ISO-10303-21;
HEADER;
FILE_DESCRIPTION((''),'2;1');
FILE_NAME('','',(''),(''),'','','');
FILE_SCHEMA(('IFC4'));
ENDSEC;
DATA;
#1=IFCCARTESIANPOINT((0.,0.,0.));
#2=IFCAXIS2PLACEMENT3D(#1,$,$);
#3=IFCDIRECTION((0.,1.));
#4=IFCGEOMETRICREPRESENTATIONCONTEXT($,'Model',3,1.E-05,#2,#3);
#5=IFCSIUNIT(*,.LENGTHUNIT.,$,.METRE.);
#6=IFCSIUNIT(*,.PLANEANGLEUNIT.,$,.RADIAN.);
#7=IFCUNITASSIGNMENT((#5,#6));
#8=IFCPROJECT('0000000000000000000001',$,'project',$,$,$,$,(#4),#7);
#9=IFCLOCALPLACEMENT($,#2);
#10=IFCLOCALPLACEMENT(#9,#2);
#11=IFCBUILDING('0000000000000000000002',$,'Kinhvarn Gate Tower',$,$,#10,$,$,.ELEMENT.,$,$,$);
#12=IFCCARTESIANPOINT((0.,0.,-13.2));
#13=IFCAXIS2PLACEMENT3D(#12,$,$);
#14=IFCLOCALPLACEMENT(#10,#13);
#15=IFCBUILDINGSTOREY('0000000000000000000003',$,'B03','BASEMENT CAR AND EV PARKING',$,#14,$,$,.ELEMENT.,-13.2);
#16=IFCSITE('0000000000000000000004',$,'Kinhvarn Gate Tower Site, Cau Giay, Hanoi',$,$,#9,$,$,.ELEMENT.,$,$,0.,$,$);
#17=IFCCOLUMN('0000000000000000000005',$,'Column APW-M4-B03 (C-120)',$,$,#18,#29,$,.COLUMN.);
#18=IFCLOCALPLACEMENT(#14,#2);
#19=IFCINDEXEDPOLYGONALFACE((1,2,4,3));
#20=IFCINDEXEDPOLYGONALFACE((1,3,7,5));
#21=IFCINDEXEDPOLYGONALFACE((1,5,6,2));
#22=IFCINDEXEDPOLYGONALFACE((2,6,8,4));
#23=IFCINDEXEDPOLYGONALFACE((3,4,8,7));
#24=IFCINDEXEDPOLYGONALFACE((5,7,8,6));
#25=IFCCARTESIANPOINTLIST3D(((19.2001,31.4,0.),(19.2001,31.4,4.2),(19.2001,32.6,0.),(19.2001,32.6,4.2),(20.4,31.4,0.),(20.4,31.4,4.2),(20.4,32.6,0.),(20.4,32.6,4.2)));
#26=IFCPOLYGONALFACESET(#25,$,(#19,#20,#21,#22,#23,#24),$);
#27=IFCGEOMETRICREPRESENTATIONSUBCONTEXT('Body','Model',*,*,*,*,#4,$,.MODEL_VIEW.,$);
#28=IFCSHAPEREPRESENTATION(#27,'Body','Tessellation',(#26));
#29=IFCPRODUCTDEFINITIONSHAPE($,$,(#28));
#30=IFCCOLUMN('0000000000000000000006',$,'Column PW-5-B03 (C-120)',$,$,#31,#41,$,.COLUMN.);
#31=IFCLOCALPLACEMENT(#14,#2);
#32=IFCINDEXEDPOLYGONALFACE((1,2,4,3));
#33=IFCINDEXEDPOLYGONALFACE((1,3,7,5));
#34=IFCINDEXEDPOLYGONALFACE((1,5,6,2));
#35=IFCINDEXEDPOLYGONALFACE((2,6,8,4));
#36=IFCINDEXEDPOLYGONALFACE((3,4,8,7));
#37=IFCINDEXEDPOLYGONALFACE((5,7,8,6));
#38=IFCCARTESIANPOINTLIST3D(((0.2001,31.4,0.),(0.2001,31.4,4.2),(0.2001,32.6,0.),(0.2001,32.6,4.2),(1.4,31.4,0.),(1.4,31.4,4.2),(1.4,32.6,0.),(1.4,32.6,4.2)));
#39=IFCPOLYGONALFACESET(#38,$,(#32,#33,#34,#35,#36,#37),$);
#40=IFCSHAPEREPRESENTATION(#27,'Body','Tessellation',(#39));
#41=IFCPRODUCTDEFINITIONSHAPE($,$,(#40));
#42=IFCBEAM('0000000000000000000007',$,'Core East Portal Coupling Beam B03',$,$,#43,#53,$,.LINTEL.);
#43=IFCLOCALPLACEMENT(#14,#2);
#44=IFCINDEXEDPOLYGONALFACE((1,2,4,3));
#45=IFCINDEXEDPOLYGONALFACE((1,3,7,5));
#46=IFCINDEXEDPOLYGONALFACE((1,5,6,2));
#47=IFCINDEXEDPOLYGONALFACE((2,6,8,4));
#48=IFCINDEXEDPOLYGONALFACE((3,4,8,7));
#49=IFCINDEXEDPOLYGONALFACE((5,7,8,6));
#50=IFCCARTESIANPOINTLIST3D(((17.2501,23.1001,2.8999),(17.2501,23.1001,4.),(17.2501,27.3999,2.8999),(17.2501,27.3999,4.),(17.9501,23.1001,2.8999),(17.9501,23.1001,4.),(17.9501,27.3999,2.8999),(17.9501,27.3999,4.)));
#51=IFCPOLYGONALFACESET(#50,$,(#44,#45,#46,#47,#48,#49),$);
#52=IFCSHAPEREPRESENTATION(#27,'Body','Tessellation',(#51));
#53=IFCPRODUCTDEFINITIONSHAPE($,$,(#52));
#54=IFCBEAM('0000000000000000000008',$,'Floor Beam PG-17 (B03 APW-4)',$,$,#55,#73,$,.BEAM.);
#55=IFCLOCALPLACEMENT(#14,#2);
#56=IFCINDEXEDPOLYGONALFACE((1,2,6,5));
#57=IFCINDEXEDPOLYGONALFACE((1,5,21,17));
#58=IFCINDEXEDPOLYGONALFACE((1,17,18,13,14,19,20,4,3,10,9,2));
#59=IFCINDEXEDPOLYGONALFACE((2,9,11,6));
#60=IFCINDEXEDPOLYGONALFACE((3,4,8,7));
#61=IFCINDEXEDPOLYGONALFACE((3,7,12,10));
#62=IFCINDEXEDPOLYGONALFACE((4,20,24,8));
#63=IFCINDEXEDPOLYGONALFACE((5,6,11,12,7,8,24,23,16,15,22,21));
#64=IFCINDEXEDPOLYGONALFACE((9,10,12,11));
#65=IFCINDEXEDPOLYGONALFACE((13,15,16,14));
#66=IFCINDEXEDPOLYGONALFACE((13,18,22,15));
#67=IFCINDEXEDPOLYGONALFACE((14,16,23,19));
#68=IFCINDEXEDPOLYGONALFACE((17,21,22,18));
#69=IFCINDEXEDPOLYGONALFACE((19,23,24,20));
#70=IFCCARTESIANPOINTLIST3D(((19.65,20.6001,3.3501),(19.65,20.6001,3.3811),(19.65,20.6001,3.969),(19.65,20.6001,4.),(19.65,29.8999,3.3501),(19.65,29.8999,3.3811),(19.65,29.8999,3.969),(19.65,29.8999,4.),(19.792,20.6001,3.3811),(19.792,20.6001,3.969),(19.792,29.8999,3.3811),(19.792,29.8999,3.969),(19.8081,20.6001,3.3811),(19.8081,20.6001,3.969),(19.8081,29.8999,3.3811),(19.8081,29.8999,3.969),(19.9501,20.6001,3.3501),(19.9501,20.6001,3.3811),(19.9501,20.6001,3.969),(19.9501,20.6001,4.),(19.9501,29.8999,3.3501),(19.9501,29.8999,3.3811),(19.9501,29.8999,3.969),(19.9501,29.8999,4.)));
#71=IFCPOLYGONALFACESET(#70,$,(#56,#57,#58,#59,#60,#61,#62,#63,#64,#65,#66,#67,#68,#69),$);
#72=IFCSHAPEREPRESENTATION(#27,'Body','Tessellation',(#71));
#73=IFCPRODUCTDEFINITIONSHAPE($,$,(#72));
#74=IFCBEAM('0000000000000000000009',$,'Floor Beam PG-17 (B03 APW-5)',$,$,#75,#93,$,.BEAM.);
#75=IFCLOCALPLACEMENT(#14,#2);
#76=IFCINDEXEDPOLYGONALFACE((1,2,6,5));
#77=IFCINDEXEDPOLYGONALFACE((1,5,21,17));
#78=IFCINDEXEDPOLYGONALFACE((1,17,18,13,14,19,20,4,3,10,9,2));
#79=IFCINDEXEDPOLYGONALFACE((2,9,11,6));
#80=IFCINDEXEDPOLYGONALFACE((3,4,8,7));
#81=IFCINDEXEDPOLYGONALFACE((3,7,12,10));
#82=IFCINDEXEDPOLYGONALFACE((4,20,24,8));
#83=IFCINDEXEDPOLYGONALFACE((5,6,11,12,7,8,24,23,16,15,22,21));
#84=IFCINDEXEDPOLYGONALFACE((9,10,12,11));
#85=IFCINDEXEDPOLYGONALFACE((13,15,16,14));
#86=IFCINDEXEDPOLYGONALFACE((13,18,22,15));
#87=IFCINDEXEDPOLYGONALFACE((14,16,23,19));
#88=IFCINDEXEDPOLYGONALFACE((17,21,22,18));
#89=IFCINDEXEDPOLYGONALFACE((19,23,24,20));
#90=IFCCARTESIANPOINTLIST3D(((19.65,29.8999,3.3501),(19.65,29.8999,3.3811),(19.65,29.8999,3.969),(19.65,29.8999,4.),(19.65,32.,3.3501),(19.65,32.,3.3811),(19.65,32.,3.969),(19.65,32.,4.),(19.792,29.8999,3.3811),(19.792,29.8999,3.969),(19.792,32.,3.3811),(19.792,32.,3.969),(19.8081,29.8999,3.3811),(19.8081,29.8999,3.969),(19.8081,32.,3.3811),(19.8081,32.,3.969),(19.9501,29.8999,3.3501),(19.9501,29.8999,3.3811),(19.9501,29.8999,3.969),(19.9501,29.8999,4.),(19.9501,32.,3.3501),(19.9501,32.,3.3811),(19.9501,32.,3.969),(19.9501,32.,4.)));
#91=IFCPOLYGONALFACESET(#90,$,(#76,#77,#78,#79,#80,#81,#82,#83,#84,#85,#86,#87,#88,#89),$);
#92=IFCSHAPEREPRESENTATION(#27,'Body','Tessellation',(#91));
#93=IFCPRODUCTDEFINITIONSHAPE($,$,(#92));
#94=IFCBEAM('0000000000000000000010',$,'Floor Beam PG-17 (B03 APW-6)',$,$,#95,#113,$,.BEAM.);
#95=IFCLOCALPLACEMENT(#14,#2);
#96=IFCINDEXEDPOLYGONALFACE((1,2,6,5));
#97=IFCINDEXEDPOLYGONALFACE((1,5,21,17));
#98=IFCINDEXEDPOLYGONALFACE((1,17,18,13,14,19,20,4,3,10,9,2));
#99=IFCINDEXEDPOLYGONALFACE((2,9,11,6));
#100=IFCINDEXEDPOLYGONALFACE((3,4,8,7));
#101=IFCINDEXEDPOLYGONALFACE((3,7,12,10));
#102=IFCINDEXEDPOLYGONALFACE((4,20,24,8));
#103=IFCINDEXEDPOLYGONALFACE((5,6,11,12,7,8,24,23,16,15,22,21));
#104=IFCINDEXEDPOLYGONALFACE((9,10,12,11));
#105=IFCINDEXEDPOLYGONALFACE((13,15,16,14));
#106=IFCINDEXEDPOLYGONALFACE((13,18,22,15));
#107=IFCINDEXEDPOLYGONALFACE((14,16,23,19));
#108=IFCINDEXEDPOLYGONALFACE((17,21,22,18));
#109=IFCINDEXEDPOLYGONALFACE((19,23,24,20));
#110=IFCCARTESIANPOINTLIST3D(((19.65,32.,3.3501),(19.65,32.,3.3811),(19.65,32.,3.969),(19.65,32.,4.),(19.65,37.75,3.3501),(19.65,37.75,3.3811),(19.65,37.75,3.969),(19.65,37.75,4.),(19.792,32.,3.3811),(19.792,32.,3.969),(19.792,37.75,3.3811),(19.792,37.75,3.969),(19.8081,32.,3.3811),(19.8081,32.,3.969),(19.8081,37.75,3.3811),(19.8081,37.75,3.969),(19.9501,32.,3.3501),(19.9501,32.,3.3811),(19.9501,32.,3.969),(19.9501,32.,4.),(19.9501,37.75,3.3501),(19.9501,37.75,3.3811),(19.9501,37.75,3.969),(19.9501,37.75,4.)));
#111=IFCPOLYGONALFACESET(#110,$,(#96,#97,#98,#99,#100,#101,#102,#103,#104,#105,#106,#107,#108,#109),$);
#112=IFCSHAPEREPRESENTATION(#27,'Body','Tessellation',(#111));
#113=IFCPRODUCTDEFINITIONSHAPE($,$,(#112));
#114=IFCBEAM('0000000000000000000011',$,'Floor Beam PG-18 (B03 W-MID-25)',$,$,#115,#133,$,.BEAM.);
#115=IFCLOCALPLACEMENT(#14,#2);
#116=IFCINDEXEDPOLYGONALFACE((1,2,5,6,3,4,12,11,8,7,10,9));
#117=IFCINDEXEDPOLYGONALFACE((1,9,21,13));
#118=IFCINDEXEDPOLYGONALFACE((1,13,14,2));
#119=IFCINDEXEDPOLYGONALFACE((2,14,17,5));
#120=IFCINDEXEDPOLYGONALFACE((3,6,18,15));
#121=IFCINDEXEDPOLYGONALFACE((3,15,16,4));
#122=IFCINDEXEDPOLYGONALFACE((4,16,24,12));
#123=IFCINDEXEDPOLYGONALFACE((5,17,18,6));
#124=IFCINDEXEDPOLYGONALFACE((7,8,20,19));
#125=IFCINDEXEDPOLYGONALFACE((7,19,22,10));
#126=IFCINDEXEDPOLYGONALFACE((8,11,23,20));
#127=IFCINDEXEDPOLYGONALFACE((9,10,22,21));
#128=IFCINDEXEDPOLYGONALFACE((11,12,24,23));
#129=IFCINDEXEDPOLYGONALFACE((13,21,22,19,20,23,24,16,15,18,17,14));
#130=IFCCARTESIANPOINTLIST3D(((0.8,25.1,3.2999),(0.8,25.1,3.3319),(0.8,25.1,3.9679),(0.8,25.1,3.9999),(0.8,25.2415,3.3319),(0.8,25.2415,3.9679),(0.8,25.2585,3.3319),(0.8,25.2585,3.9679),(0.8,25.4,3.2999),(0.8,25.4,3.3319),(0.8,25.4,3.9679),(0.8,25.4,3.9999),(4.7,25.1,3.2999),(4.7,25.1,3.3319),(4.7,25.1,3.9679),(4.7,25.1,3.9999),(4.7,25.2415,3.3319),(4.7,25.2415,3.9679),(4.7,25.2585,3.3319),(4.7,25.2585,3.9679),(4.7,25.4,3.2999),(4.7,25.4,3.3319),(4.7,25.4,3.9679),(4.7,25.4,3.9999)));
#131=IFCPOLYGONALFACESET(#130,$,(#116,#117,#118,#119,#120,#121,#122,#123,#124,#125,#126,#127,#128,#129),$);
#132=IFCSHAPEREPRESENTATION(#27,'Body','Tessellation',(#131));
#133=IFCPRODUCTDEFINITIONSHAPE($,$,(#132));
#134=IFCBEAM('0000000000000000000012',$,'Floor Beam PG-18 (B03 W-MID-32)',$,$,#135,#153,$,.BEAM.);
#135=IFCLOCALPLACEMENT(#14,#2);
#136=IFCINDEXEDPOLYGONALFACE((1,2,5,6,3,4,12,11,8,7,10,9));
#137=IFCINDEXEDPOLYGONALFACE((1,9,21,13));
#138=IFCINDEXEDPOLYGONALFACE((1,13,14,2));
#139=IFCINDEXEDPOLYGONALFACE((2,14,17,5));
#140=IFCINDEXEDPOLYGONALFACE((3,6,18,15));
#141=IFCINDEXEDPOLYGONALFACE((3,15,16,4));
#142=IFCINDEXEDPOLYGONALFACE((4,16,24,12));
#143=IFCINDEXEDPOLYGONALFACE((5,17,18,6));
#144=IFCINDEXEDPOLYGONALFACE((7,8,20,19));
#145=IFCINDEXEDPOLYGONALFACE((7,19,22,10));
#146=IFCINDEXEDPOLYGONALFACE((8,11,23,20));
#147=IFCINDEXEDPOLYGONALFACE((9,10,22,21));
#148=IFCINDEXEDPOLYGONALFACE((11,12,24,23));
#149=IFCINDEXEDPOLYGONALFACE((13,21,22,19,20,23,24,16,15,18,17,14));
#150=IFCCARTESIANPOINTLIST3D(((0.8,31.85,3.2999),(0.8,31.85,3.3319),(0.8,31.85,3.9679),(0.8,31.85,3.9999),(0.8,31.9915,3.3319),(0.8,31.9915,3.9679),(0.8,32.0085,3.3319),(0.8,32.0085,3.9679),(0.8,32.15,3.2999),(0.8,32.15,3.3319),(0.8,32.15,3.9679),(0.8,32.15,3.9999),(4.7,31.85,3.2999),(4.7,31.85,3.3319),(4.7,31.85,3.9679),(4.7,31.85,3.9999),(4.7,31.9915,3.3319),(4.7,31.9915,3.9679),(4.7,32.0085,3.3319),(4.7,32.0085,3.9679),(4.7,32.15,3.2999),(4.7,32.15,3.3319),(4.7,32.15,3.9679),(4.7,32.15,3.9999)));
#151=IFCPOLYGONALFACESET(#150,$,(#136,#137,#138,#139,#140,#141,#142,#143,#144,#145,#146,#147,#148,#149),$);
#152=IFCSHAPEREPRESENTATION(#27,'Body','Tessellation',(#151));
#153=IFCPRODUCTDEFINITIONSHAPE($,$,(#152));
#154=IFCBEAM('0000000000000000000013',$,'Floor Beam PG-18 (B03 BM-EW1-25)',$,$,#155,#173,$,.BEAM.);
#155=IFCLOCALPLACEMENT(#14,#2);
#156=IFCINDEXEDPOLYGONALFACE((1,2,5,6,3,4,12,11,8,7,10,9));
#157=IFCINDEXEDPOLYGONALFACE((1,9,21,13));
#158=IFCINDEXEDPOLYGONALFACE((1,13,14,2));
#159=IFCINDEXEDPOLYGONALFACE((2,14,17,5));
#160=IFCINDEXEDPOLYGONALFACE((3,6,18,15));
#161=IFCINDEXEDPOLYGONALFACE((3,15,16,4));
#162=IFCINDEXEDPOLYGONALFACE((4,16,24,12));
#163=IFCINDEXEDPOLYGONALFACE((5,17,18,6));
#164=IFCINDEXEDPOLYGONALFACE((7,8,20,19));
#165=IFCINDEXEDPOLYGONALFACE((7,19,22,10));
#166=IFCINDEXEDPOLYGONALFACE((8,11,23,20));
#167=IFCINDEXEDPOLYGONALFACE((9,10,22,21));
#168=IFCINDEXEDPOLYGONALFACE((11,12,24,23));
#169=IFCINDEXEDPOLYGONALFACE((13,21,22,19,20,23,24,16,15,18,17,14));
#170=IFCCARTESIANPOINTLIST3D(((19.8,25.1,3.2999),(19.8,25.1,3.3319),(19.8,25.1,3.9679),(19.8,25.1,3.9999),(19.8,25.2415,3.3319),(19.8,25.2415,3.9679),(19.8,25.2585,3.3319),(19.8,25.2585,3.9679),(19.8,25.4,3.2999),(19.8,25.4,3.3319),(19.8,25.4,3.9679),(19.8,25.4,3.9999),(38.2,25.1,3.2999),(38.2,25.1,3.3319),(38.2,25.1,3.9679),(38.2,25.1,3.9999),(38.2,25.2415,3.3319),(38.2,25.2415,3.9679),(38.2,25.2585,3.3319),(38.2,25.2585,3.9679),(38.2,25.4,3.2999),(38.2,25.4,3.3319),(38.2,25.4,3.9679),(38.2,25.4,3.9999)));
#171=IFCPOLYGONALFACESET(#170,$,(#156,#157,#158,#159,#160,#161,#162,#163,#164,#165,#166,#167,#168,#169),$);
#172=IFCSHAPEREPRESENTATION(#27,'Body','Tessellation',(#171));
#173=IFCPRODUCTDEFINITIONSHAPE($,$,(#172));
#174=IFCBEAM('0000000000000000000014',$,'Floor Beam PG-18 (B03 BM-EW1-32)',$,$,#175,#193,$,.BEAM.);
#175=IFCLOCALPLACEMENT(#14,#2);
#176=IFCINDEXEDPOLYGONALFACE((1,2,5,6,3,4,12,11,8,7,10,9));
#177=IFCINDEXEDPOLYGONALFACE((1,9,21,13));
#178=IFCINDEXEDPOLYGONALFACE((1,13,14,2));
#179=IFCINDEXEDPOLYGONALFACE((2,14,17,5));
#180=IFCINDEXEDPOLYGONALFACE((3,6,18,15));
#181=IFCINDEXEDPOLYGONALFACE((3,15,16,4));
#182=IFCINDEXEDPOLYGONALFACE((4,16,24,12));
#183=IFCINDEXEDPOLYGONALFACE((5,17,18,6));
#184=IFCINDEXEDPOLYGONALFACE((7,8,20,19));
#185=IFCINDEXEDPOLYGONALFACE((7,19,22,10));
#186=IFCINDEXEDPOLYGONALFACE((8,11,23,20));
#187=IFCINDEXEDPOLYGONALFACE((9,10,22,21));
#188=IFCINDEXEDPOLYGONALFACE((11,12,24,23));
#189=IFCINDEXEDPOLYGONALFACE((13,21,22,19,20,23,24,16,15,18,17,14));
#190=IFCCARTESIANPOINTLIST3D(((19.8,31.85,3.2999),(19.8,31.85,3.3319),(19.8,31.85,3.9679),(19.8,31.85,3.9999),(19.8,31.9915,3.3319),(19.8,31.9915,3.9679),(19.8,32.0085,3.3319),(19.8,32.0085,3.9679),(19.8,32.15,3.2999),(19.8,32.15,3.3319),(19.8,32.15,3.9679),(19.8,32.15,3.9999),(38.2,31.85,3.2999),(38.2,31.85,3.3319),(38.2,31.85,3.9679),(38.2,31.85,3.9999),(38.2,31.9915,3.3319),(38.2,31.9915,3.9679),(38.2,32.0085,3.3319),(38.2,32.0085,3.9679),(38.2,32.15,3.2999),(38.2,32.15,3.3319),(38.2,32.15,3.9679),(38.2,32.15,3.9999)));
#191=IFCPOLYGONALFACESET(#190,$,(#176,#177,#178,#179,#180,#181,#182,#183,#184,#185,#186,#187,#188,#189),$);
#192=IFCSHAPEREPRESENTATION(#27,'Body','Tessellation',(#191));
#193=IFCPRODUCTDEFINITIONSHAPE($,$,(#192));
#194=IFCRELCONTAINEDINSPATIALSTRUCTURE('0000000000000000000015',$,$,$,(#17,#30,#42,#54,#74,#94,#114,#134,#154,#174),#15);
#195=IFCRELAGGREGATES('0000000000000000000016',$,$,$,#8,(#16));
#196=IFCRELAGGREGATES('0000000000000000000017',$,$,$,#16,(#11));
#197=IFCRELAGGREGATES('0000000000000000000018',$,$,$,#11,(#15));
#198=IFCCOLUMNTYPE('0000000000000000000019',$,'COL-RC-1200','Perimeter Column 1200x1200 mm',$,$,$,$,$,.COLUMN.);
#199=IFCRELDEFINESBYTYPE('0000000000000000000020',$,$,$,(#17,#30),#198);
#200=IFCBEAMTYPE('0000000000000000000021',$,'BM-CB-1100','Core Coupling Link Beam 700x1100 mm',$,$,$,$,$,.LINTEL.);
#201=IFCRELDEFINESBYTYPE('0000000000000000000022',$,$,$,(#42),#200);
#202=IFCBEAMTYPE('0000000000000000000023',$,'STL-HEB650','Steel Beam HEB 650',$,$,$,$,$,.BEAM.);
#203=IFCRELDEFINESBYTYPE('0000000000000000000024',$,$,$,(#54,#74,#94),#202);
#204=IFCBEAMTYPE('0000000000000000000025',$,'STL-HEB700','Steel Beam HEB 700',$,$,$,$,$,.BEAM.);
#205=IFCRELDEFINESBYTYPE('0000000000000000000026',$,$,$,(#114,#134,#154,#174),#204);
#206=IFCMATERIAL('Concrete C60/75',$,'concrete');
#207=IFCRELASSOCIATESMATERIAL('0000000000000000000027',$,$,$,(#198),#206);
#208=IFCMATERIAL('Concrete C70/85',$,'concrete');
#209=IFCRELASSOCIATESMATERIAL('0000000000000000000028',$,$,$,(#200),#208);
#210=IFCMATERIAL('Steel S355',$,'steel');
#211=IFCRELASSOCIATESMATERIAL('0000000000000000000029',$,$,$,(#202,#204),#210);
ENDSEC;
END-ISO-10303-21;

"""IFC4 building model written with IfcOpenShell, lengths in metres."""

from ifc_helpers import new_model, si_unit, direction, frame, origin, origin_2d, place, context, subcontext, project, spatial, rectangle, i_section, extrude, material, material_profile, profile_set, type_object, element, save


model = new_model("IFC4")

# Units and contexts
model_context = context("Model", 3, precision=1e-05, world=origin(), true_north=direction((0.0, 1.0)))
body_context = subcontext(model_context, "Body", "Model", "MODEL_VIEW")
ifc_project = project(units=[si_unit("LENGTHUNIT", "METRE"), si_unit("PLANEANGLEUNIT", "RADIAN")], contexts=[model_context])

# Site, building, storey
site_placement = place(None, origin())
site = spatial("IfcSite", under=ifc_project, at=site_placement, Name="Kinhvarn Gate Tower Site, Cau Giay, Hanoi", CompositionType="ELEMENT", RefElevation=0.0)
building_placement = place(site_placement, origin())
building = spatial("IfcBuilding", under=site, at=building_placement, Name="Kinhvarn Gate Tower", CompositionType="ELEMENT")
storey_placement = place(building_placement, frame((0.0, 0.0, -13.2)))
storey = spatial("IfcBuildingStorey", under=building, at=storey_placement, Name="B03", Description="BASEMENT CAR AND EV PARKING", CompositionType="ELEMENT", Elevation=-13.2)

# Columns
ifc_material_1 = material(Name="Concrete C60/75", Category="concrete")
ifc_material_profile_1 = material_profile(ifc_material_1, rectangle(XDim=1.2, YDim=1.2, at=origin_2d()), Name="RC 1200x1200")
ifc_profile_set_1 = profile_set([ifc_material_profile_1], Name="Concrete C60/75")
column_type = type_object("IfcColumnType", Name="COL-RC-1200", Description="Perimeter Column 1200x1200 mm", PredefinedType="COLUMN", material=ifc_profile_set_1)
for number, where, z_axis, x_axis, name in (
    (1, (19.8, 32.0, 0.0), (0.0, 0.0, 1.0), (1.0, 0.0, 0.0), "Column APW-M4-B03 (C-120)"),
    (2, (0.8, 32.0, 0.0), (0.0, 0.0, 1.0), (1.0, 0.0, 0.0), "Column PW-5-B03 (C-120)"),
):
    element("IfcColumn", number, at=place(storey_placement, frame(where, z_axis=z_axis, x_axis=x_axis)), inside=storey, type_object=column_type, Name=name, PredefinedType="COLUMN", context=body_context, shape_type="SweptSolid", body=[
        extrude(rectangle(XDim=1.2, YDim=1.2, at=origin_2d()), origin(), (0.0, 0.0, 1.0), 4.2),
    ])

# Beams
ifc_material_2 = material(Name="Concrete C70/85", Category="concrete")
ifc_material_profile_2 = material_profile(ifc_material_2, rectangle(XDim=0.7, YDim=1.1001, at=origin_2d()), Name="RC 700x1100")
ifc_profile_set_2 = profile_set([ifc_material_profile_2], Name="Concrete C70/85")
beam_type_1 = type_object("IfcBeamType", Name="BM-CB-1100", Description="Core Coupling Link Beam 700x1100 mm", PredefinedType="LINTEL", material=ifc_profile_set_2)
beam_1_placement = place(storey_placement, frame((17.6001, 23.1001, 3.45), z_axis=(0.0, 1.0, 0.0), x_axis=(-1.0, 0.0, 0.0)))
element("IfcBeam", 3, at=beam_1_placement, inside=storey, type_object=beam_type_1, Name="Core East Portal Coupling Beam B03", PredefinedType="LINTEL", context=body_context, shape_type="SweptSolid", body=[
    extrude(rectangle(XDim=0.7, YDim=1.1001, at=origin_2d()), origin(), (0.0, 0.0, 1.0), 4.2998),
])
ifc_material_3 = material(Name="Steel S355", Category="steel")
ifc_material_profile_3 = material_profile(ifc_material_3, i_section(OverallWidth=0.3, OverallDepth=0.6499, WebThickness=0.0161, FlangeThickness=0.031, at=origin_2d()), Name="HEB 650")
ifc_profile_set_3 = profile_set([ifc_material_profile_3], Name="Steel S355")
beam_type_2 = type_object("IfcBeamType", Name="STL-HEB650", Description="Steel Beam HEB 650", PredefinedType="BEAM", material=ifc_profile_set_3)
beam_2_placement = place(storey_placement, frame((19.8, 20.6001, 3.675), z_axis=(0.0, 1.0, 0.0), x_axis=(-1.0, 0.0, 0.0)))
element("IfcBeam", 4, at=beam_2_placement, inside=storey, type_object=beam_type_2, Name="Floor Beam PG-17 (B03 APW-4)", PredefinedType="BEAM", context=body_context, shape_type="SweptSolid", body=[
    extrude(i_section(OverallWidth=0.3, OverallDepth=0.6499, WebThickness=0.0161, FlangeThickness=0.031, at=origin_2d()), origin(), (0.0, 0.0, 1.0), 9.2998),
])
beam_3_placement = place(storey_placement, frame((19.8, 29.8999, 3.675), z_axis=(0.0, 1.0, 0.0), x_axis=(-1.0, 0.0, 0.0)))
element("IfcBeam", 5, at=beam_3_placement, inside=storey, type_object=beam_type_2, Name="Floor Beam PG-17 (B03 APW-5)", PredefinedType="BEAM", context=body_context, shape_type="SweptSolid", body=[
    extrude(i_section(OverallWidth=0.3, OverallDepth=0.6499, WebThickness=0.0161, FlangeThickness=0.031, at=origin_2d()), origin(), (0.0, 0.0, 1.0), 2.1001),
])
beam_4_placement = place(storey_placement, frame((19.8, 32.0, 3.675), z_axis=(0.0, 1.0, 0.0), x_axis=(-1.0, 0.0, 0.0)))
element("IfcBeam", 6, at=beam_4_placement, inside=storey, type_object=beam_type_2, Name="Floor Beam PG-17 (B03 APW-6)", PredefinedType="BEAM", context=body_context, shape_type="SweptSolid", body=[
    extrude(i_section(OverallWidth=0.3, OverallDepth=0.6499, WebThickness=0.0161, FlangeThickness=0.031, at=origin_2d()), origin(), (0.0, 0.0, 1.0), 5.75),
])
ifc_material_profile_4 = material_profile(ifc_material_3, i_section(OverallWidth=0.3, OverallDepth=0.7, WebThickness=0.0171, FlangeThickness=0.032, at=origin_2d()), Name="HEB 700")
ifc_profile_set_4 = profile_set([ifc_material_profile_4], Name="Steel S355")
beam_type_3 = type_object("IfcBeamType", Name="STL-HEB700", Description="Steel Beam HEB 700", PredefinedType="BEAM", material=ifc_profile_set_4)
for number, where, z_axis, x_axis, name in (
    (7, (0.8, 25.25, 3.6499), (1.0, 0.0, 0.0), (0.0, 1.0, 0.0), "Floor Beam PG-18 (B03 W-MID-25)"),
    (8, (0.8, 32.0, 3.6499), (1.0, 0.0, 0.0), (0.0, 1.0, 0.0), "Floor Beam PG-18 (B03 W-MID-32)"),
):
    element("IfcBeam", number, at=place(storey_placement, frame(where, z_axis=z_axis, x_axis=x_axis)), inside=storey, type_object=beam_type_3, Name=name, PredefinedType="BEAM", context=body_context, shape_type="SweptSolid", body=[
        extrude(i_section(OverallWidth=0.3, OverallDepth=0.7, WebThickness=0.0171, FlangeThickness=0.032, at=origin_2d()), origin(), (0.0, 0.0, 1.0), 3.8999),
    ])
for number, where, z_axis, x_axis, name in (
    (9, (19.8, 25.25, 3.6499), (1.0, 0.0, 0.0), (0.0, 1.0, 0.0), "Floor Beam PG-18 (B03 BM-EW1-25)"),
    (10, (19.8, 32.0, 3.6499), (1.0, 0.0, 0.0), (0.0, 1.0, 0.0), "Floor Beam PG-18 (B03 BM-EW1-32)"),
):
    element("IfcBeam", number, at=place(storey_placement, frame(where, z_axis=z_axis, x_axis=x_axis)), inside=storey, type_object=beam_type_3, Name=name, PredefinedType="BEAM", context=body_context, shape_type="SweptSolid", body=[
        extrude(i_section(OverallWidth=0.3, OverallDepth=0.7, WebThickness=0.0171, FlangeThickness=0.032, at=origin_2d()), origin(), (0.0, 0.0, 1.0), 18.3999),
    ])

save(model, "model.ifc")
